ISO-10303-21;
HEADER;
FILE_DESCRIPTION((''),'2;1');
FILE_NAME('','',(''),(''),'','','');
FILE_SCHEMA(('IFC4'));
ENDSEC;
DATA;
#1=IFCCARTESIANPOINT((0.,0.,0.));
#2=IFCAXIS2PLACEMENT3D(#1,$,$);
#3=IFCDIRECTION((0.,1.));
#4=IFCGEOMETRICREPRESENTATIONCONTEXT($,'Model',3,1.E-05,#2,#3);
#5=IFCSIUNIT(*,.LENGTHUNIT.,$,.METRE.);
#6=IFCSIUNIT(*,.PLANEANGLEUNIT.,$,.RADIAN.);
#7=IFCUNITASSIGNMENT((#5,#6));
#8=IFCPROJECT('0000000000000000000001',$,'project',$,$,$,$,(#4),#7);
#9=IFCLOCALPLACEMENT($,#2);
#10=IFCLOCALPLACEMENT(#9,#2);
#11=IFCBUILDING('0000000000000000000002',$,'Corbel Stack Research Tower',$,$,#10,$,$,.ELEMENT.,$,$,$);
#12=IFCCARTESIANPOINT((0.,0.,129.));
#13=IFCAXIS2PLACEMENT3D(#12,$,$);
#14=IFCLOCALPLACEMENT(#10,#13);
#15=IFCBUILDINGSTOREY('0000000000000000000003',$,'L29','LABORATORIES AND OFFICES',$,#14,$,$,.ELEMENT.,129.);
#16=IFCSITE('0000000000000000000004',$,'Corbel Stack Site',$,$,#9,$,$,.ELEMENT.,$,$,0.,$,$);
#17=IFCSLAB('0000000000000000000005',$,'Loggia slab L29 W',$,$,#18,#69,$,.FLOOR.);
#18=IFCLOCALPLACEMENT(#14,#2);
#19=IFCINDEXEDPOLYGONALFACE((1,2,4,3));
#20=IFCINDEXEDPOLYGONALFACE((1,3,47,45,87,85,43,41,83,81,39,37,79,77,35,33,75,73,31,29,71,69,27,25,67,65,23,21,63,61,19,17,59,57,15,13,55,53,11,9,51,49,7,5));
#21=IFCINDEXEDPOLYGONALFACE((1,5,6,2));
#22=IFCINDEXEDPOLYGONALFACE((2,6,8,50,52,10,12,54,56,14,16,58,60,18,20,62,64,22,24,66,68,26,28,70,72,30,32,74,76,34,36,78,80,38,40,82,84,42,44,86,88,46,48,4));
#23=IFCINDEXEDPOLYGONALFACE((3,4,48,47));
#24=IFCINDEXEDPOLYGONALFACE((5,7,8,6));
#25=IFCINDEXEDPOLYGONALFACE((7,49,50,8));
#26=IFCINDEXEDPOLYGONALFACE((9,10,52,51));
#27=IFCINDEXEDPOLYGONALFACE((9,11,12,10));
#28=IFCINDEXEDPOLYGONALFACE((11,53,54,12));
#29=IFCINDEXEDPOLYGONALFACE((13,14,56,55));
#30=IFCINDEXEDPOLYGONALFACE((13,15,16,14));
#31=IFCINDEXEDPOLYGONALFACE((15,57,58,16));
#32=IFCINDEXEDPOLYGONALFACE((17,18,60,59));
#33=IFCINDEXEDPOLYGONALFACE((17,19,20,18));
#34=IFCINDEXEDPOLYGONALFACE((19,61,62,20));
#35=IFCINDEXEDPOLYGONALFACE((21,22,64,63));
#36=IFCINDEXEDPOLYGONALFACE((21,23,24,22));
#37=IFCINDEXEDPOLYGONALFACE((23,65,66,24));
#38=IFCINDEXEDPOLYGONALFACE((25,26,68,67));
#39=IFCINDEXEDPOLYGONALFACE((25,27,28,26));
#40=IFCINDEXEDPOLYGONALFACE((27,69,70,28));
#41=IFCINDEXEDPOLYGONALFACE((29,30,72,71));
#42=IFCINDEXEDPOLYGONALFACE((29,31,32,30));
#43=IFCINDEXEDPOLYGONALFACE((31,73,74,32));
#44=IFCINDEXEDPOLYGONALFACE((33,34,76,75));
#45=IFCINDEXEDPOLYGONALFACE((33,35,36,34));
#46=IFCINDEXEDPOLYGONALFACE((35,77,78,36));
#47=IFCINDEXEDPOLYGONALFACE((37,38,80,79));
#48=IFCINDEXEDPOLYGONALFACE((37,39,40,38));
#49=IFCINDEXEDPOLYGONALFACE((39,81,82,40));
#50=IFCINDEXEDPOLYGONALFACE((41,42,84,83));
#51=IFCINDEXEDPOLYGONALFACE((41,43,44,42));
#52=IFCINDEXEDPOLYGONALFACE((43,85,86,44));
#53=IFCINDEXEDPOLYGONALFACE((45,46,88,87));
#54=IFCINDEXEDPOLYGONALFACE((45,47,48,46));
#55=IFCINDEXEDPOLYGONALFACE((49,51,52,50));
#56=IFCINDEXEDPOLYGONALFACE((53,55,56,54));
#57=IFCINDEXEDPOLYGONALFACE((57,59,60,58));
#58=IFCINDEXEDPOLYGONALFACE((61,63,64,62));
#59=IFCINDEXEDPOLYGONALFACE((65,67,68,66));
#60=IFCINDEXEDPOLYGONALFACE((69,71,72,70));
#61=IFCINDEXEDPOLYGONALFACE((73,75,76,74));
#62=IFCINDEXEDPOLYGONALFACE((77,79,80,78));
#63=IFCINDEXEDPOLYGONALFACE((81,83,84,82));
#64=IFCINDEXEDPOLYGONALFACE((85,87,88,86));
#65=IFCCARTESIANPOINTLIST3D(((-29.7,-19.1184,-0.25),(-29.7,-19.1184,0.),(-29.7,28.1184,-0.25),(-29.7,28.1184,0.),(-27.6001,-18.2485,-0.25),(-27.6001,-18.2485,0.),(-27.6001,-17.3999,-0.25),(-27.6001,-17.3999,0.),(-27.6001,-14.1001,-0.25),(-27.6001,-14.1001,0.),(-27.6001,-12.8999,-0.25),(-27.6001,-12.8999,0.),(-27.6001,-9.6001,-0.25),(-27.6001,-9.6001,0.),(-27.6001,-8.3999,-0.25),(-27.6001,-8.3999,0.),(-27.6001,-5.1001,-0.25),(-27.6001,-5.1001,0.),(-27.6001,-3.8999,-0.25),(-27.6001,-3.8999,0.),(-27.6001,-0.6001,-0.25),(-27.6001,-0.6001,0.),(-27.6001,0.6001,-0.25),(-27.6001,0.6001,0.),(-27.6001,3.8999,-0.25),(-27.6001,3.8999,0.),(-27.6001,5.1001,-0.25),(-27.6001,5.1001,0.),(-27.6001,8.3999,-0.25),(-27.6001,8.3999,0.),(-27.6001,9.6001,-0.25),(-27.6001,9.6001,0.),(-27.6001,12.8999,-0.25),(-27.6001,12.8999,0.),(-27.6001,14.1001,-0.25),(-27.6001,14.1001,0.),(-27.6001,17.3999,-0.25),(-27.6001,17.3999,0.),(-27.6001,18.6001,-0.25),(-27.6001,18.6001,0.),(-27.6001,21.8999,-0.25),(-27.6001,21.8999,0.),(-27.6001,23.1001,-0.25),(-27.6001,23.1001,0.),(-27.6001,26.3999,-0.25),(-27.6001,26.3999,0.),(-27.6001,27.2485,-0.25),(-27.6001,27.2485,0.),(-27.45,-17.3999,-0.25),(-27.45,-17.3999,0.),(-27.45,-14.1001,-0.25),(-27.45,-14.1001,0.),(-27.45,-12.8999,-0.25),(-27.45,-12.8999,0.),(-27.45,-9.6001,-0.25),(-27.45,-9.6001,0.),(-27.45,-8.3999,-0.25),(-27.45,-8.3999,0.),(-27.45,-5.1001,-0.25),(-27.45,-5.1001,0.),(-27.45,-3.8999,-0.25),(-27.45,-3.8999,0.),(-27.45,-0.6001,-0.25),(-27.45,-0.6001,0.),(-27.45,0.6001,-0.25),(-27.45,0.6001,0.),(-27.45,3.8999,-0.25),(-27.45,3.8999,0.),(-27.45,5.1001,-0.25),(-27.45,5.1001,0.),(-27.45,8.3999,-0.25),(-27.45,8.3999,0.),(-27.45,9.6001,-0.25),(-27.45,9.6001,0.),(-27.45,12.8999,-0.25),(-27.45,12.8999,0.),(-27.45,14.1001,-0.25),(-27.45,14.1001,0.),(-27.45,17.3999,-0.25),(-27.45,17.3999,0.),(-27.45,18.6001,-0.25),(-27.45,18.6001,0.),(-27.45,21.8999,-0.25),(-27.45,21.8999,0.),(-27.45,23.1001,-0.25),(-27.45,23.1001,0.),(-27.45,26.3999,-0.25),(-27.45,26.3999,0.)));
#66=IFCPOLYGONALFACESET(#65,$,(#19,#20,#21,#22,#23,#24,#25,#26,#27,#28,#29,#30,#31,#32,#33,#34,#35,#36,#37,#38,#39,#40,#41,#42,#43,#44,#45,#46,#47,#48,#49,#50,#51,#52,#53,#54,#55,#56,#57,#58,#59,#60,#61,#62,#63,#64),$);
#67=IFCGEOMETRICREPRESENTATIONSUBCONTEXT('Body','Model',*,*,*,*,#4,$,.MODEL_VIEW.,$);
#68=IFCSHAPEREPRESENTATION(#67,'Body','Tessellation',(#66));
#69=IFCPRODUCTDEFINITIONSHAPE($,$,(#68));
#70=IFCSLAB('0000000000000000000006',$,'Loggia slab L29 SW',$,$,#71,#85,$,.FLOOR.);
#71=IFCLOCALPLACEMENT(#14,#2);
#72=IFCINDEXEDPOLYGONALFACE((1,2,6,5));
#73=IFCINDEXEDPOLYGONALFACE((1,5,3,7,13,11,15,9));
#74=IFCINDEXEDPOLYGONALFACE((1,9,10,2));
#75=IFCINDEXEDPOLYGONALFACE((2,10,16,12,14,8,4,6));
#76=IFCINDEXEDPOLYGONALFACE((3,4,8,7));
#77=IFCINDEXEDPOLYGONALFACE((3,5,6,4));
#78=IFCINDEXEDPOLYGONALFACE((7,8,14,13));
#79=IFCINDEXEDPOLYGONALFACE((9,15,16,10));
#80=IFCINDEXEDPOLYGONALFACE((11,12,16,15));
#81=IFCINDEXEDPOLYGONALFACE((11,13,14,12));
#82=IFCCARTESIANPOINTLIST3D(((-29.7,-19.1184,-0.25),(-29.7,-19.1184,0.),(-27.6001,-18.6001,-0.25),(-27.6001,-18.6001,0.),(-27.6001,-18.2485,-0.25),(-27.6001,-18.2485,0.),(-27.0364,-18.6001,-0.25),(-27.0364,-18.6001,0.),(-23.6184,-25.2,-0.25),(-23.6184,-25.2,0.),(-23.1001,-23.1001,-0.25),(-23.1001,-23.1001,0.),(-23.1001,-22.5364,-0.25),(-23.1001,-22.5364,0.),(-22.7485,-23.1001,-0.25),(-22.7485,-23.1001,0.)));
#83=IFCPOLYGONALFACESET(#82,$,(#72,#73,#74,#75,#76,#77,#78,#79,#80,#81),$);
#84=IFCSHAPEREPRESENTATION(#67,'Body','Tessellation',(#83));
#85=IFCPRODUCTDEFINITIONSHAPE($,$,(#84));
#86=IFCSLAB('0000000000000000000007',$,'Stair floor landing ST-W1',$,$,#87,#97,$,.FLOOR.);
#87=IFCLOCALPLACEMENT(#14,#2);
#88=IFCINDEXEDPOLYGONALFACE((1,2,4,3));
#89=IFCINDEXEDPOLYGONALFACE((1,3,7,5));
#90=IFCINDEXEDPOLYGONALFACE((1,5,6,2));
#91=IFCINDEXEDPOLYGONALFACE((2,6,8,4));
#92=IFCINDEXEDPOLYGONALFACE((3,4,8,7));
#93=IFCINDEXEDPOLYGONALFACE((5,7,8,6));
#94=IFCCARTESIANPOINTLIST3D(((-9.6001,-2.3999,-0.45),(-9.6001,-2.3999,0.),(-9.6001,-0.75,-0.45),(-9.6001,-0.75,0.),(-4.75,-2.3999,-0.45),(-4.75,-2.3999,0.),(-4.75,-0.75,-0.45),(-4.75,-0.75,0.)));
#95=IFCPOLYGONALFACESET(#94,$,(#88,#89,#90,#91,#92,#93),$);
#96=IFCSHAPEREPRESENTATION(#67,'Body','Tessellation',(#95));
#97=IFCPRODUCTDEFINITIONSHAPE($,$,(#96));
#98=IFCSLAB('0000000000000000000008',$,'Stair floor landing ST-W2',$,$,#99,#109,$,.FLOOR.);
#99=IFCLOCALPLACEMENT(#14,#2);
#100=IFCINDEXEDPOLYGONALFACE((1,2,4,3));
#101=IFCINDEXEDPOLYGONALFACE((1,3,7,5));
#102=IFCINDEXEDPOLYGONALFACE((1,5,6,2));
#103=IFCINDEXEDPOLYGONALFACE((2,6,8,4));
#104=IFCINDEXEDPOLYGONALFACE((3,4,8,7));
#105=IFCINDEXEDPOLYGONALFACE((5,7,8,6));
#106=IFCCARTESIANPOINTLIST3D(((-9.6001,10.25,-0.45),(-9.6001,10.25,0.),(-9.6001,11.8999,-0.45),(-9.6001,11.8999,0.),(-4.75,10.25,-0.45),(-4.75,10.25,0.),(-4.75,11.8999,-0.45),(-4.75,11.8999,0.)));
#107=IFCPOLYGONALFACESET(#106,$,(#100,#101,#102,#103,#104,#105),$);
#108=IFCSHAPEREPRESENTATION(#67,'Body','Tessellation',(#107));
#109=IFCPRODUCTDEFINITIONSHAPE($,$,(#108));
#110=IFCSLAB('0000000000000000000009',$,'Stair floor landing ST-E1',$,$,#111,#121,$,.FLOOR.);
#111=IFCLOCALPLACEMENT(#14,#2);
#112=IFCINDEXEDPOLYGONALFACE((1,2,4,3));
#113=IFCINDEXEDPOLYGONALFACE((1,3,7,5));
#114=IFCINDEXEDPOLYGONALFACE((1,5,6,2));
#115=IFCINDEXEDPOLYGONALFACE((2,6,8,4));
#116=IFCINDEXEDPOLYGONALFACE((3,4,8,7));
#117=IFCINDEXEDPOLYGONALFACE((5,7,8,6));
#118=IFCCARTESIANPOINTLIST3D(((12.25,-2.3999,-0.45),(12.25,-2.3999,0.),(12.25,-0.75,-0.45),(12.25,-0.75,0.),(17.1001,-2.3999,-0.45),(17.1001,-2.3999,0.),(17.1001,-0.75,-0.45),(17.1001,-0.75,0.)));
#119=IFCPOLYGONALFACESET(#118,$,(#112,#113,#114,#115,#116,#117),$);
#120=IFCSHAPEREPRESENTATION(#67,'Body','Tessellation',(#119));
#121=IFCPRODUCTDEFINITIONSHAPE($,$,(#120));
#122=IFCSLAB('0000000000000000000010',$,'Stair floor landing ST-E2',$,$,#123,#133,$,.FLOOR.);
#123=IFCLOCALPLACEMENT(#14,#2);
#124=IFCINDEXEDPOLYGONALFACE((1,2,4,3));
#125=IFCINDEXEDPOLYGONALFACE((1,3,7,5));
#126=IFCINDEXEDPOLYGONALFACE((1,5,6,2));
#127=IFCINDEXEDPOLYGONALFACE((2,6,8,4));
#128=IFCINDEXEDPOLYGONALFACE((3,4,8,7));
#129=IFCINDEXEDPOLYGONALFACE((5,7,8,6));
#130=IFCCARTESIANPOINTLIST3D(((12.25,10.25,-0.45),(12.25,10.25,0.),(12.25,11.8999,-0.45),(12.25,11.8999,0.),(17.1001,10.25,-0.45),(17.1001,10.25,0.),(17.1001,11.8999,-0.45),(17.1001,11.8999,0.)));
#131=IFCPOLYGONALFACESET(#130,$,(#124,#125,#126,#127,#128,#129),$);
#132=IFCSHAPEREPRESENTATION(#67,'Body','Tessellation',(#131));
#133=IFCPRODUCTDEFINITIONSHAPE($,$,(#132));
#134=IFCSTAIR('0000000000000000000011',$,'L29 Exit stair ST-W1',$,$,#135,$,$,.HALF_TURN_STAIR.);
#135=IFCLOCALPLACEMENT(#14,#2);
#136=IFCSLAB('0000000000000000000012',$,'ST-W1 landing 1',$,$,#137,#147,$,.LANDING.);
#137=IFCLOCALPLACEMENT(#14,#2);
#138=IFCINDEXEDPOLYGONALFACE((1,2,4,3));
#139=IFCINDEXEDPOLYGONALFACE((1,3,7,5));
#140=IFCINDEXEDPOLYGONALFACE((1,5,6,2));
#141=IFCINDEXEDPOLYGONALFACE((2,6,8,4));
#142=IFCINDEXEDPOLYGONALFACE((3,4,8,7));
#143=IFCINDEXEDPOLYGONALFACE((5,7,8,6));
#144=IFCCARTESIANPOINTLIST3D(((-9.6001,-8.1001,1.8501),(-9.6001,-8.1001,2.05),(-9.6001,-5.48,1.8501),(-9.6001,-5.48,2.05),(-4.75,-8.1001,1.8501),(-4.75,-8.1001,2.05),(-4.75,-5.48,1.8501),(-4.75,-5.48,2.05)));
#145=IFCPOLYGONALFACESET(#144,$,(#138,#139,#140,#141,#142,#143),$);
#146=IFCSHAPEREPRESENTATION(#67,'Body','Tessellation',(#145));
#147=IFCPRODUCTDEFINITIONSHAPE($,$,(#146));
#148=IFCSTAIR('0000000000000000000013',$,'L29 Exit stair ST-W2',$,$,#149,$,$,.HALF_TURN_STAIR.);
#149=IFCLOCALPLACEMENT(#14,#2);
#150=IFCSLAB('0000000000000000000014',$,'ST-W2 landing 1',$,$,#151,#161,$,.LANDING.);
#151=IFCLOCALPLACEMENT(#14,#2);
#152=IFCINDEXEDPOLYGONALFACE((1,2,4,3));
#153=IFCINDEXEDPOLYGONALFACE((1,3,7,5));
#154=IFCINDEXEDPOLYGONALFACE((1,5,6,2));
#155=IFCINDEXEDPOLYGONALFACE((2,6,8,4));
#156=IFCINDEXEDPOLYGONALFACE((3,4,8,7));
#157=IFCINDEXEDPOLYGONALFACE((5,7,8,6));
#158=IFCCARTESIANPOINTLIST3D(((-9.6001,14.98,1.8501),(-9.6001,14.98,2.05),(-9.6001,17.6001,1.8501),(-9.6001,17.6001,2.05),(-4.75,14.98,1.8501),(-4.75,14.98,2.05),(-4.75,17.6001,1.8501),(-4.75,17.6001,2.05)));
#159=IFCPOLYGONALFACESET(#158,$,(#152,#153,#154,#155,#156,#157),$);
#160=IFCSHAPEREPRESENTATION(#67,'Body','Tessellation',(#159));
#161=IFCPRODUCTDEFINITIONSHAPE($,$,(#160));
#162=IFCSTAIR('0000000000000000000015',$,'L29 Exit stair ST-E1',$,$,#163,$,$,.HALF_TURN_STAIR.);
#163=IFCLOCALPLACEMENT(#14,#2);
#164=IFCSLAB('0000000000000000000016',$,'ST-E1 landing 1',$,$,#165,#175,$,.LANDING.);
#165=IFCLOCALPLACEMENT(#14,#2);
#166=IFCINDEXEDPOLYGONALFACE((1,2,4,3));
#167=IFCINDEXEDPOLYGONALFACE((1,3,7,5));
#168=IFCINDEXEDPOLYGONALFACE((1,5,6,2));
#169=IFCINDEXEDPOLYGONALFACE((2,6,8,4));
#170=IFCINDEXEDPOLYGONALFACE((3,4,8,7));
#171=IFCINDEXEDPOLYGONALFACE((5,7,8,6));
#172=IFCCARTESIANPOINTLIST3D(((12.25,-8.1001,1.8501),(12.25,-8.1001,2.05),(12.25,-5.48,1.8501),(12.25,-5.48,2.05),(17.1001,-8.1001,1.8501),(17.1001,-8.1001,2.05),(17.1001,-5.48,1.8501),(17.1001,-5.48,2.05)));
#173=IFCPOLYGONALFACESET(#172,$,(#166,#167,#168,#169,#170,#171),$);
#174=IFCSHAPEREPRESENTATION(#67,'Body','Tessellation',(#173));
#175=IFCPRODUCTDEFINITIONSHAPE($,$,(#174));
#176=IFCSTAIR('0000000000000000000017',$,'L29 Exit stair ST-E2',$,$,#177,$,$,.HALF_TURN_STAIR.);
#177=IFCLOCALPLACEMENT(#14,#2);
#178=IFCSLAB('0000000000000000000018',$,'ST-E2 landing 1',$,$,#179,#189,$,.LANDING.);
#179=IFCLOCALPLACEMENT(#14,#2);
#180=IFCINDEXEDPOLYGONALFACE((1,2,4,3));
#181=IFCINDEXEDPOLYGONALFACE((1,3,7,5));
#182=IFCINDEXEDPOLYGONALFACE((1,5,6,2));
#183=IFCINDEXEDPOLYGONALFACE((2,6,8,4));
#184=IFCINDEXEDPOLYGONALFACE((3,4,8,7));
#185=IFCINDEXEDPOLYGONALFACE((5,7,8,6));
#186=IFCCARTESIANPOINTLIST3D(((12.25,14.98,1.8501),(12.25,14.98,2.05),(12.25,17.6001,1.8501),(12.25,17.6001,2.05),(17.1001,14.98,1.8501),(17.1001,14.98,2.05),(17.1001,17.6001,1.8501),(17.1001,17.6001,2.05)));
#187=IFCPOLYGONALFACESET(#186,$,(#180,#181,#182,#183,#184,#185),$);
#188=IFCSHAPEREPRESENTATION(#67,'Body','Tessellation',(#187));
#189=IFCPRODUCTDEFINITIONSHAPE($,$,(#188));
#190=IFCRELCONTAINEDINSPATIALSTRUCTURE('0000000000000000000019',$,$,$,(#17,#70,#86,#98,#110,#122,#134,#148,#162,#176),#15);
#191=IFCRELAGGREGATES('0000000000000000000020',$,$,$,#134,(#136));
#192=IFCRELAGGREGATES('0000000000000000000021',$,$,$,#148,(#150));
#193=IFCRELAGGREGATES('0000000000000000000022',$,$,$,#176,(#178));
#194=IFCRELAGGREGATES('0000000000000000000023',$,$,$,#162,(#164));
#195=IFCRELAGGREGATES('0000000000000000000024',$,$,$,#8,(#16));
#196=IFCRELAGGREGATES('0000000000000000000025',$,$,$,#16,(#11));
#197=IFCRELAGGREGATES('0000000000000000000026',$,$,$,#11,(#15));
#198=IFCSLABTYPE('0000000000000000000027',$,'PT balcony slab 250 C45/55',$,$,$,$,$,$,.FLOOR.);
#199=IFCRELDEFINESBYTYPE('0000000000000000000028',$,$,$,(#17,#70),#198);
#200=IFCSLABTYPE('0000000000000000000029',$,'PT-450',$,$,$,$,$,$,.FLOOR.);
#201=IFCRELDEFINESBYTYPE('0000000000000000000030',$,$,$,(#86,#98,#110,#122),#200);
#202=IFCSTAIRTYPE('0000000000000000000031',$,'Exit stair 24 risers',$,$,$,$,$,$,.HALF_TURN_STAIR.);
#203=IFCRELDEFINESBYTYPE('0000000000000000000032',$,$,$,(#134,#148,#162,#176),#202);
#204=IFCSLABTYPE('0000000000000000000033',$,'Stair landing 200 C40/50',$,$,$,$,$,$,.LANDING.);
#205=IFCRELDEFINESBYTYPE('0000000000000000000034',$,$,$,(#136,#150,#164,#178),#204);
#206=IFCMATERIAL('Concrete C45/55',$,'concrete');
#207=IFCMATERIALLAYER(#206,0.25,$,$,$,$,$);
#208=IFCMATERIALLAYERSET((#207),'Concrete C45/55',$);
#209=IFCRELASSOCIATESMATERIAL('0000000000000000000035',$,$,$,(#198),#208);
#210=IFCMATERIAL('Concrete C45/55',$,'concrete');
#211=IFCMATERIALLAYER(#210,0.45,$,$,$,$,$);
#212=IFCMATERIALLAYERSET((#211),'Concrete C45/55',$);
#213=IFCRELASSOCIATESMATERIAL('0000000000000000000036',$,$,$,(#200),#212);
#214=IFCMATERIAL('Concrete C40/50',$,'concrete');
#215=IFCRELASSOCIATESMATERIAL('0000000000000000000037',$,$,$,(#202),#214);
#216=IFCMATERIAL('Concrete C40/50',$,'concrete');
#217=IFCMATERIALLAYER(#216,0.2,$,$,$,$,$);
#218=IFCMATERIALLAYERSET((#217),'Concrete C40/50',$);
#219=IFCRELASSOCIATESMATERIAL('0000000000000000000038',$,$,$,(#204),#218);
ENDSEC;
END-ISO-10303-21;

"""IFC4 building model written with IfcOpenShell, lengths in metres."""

from ifc_helpers import new_model, si_unit, direction, frame, origin, place, context, subcontext, project, spatial, polyline, outline, extrude, material, layer, layer_set, type_object, element, aggregate, save


model = new_model("IFC4")

# Units and contexts
model_context = context("Model", 3, precision=1e-05, world=origin(), true_north=direction((0.0, 1.0)))
body_context = subcontext(model_context, "Body", "Model", "MODEL_VIEW")
ifc_project = project(units=[si_unit("LENGTHUNIT", "METRE"), si_unit("PLANEANGLEUNIT", "RADIAN")], contexts=[model_context])

# Site, building, storey
site_placement = place(None, origin())
site = spatial("IfcSite", under=ifc_project, at=site_placement, Name="Corbel Stack Site", CompositionType="ELEMENT", RefElevation=0.0)
building_placement = place(site_placement, origin())
building = spatial("IfcBuilding", under=site, at=building_placement, Name="Corbel Stack Research Tower", CompositionType="ELEMENT")
storey_placement = place(building_placement, frame((0.0, 0.0, 129.0)))
storey = spatial("IfcBuildingStorey", under=building, at=storey_placement, Name="L29", Description="LABORATORIES AND OFFICES", CompositionType="ELEMENT", Elevation=129.0)

# Slabs
ifc_material_1 = material(Name="Concrete C45/55", Category="concrete")
ifc_layer_1 = layer(ifc_material_1, 0.25)
ifc_layer_set_1 = layer_set([ifc_layer_1], Name="Concrete C45/55")
slab_type_1 = type_object("IfcSlabType", Name="PT balcony slab 250 C45/55", PredefinedType="FLOOR", material=ifc_layer_set_1)
slab_1_placement = place(storey_placement, frame((0.0, 0.0, -0.25)))
element("IfcSlab", 1, at=slab_1_placement, inside=storey, type_object=slab_type_1, Name="Loggia slab L29 W", PredefinedType="FLOOR", context=body_context, shape_type="SweptSolid", body=[
    extrude(outline(polyline([(-27.6001, -18.2485), (-27.6001, -17.3999), (-27.45, -17.3999), (-27.45, -14.1001), (-27.6001, -14.1001), (-27.6001, -12.8999), (-27.45, -12.8999), (-27.45, -9.6001), (-27.6001, -9.6001), (-27.6001, -8.3999), (-27.45, -8.3999), (-27.45, -5.1001), (-27.6001, -5.1001), (-27.6001, -3.8999), (-27.45, -3.8999), (-27.45, -0.6001), (-27.6001, -0.6001), (-27.6001, 0.6001), (-27.45, 0.6001), (-27.45, 3.8999), (-27.6001, 3.8999), (-27.6001, 5.1001), (-27.45, 5.1001), (-27.45, 8.3999), (-27.6001, 8.3999), (-27.6001, 9.6001), (-27.45, 9.6001), (-27.45, 12.8999), (-27.6001, 12.8999), (-27.6001, 14.1001), (-27.45, 14.1001), (-27.45, 17.3999), (-27.6001, 17.3999), (-27.6001, 18.6001), (-27.45, 18.6001), (-27.45, 21.8999), (-27.6001, 21.8999), (-27.6001, 23.1001), (-27.45, 23.1001), (-27.45, 26.3999), (-27.6001, 26.3999), (-27.6001, 27.2485), (-29.7, 28.1184), (-29.7, -19.1184), (-27.6001, -18.2485)])), origin(), (0.0, 0.0, 1.0), 0.25),
])
slab_2_placement = place(storey_placement, frame((0.0, 0.0, -0.25)))
element("IfcSlab", 2, at=slab_2_placement, inside=storey, type_object=slab_type_1, Name="Loggia slab L29 SW", PredefinedType="FLOOR", context=body_context, shape_type="SweptSolid", body=[
    extrude(outline(polyline([(-22.7485, -23.1001), (-23.1001, -23.1001), (-23.1001, -22.5364), (-27.0364, -18.6001), (-27.6001, -18.6001), (-27.6001, -18.2485), (-29.7, -19.1184), (-23.6184, -25.2), (-22.7485, -23.1001)])), origin(), (0.0, 0.0, 1.0), 0.25),
])
ifc_material_2 = material(Name="Concrete C45/55", Category="concrete")
ifc_layer_2 = layer(ifc_material_2, 0.45)
ifc_layer_set_2 = layer_set([ifc_layer_2], Name="Concrete C45/55")
slab_type_2 = type_object("IfcSlabType", Name="PT-450", PredefinedType="FLOOR", material=ifc_layer_set_2)
slab_3_placement = place(storey_placement, frame((0.0, 0.0, -0.45)))
element("IfcSlab", 3, at=slab_3_placement, inside=storey, type_object=slab_type_2, Name="Stair floor landing ST-W1", PredefinedType="FLOOR", context=body_context, shape_type="SweptSolid", body=[
    extrude(outline(polyline([(-9.6001, -2.3999), (-4.75, -2.3999), (-4.75, -0.75), (-9.6001, -0.75), (-9.6001, -2.3999)])), origin(), (0.0, 0.0, 1.0), 0.45),
])
slab_4_placement = place(storey_placement, frame((0.0, 0.0, -0.45)))
element("IfcSlab", 4, at=slab_4_placement, inside=storey, type_object=slab_type_2, Name="Stair floor landing ST-W2", PredefinedType="FLOOR", context=body_context, shape_type="SweptSolid", body=[
    extrude(outline(polyline([(-9.6001, 10.25), (-4.75, 10.25), (-4.75, 11.8999), (-9.6001, 11.8999), (-9.6001, 10.25)])), origin(), (0.0, 0.0, 1.0), 0.45),
])
slab_5_placement = place(storey_placement, frame((0.0, 0.0, -0.45)))
element("IfcSlab", 5, at=slab_5_placement, inside=storey, type_object=slab_type_2, Name="Stair floor landing ST-E1", PredefinedType="FLOOR", context=body_context, shape_type="SweptSolid", body=[
    extrude(outline(polyline([(12.25, -2.3999), (17.1001, -2.3999), (17.1001, -0.75), (12.25, -0.75), (12.25, -2.3999)])), origin(), (0.0, 0.0, 1.0), 0.45),
])
slab_6_placement = place(storey_placement, frame((0.0, 0.0, -0.45)))
element("IfcSlab", 6, at=slab_6_placement, inside=storey, type_object=slab_type_2, Name="Stair floor landing ST-E2", PredefinedType="FLOOR", context=body_context, shape_type="SweptSolid", body=[
    extrude(outline(polyline([(12.25, 10.25), (17.1001, 10.25), (17.1001, 11.8999), (12.25, 11.8999), (12.25, 10.25)])), origin(), (0.0, 0.0, 1.0), 0.45),
])

# Stairs, slabs
ifc_material_3 = material(Name="Concrete C40/50", Category="concrete")
stair_type = type_object("IfcStairType", Name="Exit stair 24 risers", PredefinedType="HALF_TURN_STAIR", material=ifc_material_3)
stair_1_placement = place(storey_placement, origin())
stair_1 = element("IfcStair", 7, at=stair_1_placement, inside=storey, type_object=stair_type, Name="L29 Exit stair ST-W1", PredefinedType="HALF_TURN_STAIR")
ifc_material_4 = material(Name="Concrete C40/50", Category="concrete")
ifc_layer_3 = layer(ifc_material_4, 0.2)
ifc_layer_set_3 = layer_set([ifc_layer_3], Name="Concrete C40/50")
slab_type_3 = type_object("IfcSlabType", Name="Stair landing 200 C40/50", PredefinedType="LANDING", material=ifc_layer_set_3)
slab_7_placement = place(storey_placement, frame((0.0, 0.0, 1.8501)))
slab_7 = element("IfcSlab", 8, at=slab_7_placement, type_object=slab_type_3, Name="ST-W1 landing 1", PredefinedType="LANDING", context=body_context, shape_type="SweptSolid", body=[
    extrude(outline(polyline([(-9.6001, -8.1001), (-9.6001, -5.48), (-4.75, -5.48), (-4.75, -8.1001), (-9.6001, -8.1001)])), origin(), (0.0, 0.0, 1.0), 0.2),
])
aggregate(stair_1, [slab_7])
stair_2_placement = place(storey_placement, origin())
stair_2 = element("IfcStair", 9, at=stair_2_placement, inside=storey, type_object=stair_type, Name="L29 Exit stair ST-W2", PredefinedType="HALF_TURN_STAIR")
slab_8_placement = place(storey_placement, frame((0.0, 0.0, 1.8501)))
slab_8 = element("IfcSlab", 10, at=slab_8_placement, type_object=slab_type_3, Name="ST-W2 landing 1", PredefinedType="LANDING", context=body_context, shape_type="SweptSolid", body=[
    extrude(outline(polyline([(-9.6001, 14.98), (-9.6001, 17.6001), (-4.75, 17.6001), (-4.75, 14.98), (-9.6001, 14.98)])), origin(), (0.0, 0.0, 1.0), 0.2),
])
aggregate(stair_2, [slab_8])
stair_3_placement = place(storey_placement, origin())
stair_3 = element("IfcStair", 11, at=stair_3_placement, inside=storey, type_object=stair_type, Name="L29 Exit stair ST-E1", PredefinedType="HALF_TURN_STAIR")
slab_9_placement = place(storey_placement, frame((0.0, 0.0, 1.8501)))
slab_9 = element("IfcSlab", 12, at=slab_9_placement, type_object=slab_type_3, Name="ST-E1 landing 1", PredefinedType="LANDING", context=body_context, shape_type="SweptSolid", body=[
    extrude(outline(polyline([(12.25, -8.1001), (12.25, -5.48), (17.1001, -5.48), (17.1001, -8.1001), (12.25, -8.1001)])), origin(), (0.0, 0.0, 1.0), 0.2),
])
stair_4_placement = place(storey_placement, origin())
stair_4 = element("IfcStair", 13, at=stair_4_placement, inside=storey, type_object=stair_type, Name="L29 Exit stair ST-E2", PredefinedType="HALF_TURN_STAIR")
slab_10_placement = place(storey_placement, frame((0.0, 0.0, 1.8501)))
slab_10 = element("IfcSlab", 14, at=slab_10_placement, type_object=slab_type_3, Name="ST-E2 landing 1", PredefinedType="LANDING", context=body_context, shape_type="SweptSolid", body=[
    extrude(outline(polyline([(12.25, 14.98), (12.25, 17.6001), (17.1001, 17.6001), (17.1001, 14.98), (12.25, 14.98)])), origin(), (0.0, 0.0, 1.0), 0.2),
])
aggregate(stair_4, [slab_10])

aggregate(stair_3, [slab_9])

save(model, "model.ifc")
